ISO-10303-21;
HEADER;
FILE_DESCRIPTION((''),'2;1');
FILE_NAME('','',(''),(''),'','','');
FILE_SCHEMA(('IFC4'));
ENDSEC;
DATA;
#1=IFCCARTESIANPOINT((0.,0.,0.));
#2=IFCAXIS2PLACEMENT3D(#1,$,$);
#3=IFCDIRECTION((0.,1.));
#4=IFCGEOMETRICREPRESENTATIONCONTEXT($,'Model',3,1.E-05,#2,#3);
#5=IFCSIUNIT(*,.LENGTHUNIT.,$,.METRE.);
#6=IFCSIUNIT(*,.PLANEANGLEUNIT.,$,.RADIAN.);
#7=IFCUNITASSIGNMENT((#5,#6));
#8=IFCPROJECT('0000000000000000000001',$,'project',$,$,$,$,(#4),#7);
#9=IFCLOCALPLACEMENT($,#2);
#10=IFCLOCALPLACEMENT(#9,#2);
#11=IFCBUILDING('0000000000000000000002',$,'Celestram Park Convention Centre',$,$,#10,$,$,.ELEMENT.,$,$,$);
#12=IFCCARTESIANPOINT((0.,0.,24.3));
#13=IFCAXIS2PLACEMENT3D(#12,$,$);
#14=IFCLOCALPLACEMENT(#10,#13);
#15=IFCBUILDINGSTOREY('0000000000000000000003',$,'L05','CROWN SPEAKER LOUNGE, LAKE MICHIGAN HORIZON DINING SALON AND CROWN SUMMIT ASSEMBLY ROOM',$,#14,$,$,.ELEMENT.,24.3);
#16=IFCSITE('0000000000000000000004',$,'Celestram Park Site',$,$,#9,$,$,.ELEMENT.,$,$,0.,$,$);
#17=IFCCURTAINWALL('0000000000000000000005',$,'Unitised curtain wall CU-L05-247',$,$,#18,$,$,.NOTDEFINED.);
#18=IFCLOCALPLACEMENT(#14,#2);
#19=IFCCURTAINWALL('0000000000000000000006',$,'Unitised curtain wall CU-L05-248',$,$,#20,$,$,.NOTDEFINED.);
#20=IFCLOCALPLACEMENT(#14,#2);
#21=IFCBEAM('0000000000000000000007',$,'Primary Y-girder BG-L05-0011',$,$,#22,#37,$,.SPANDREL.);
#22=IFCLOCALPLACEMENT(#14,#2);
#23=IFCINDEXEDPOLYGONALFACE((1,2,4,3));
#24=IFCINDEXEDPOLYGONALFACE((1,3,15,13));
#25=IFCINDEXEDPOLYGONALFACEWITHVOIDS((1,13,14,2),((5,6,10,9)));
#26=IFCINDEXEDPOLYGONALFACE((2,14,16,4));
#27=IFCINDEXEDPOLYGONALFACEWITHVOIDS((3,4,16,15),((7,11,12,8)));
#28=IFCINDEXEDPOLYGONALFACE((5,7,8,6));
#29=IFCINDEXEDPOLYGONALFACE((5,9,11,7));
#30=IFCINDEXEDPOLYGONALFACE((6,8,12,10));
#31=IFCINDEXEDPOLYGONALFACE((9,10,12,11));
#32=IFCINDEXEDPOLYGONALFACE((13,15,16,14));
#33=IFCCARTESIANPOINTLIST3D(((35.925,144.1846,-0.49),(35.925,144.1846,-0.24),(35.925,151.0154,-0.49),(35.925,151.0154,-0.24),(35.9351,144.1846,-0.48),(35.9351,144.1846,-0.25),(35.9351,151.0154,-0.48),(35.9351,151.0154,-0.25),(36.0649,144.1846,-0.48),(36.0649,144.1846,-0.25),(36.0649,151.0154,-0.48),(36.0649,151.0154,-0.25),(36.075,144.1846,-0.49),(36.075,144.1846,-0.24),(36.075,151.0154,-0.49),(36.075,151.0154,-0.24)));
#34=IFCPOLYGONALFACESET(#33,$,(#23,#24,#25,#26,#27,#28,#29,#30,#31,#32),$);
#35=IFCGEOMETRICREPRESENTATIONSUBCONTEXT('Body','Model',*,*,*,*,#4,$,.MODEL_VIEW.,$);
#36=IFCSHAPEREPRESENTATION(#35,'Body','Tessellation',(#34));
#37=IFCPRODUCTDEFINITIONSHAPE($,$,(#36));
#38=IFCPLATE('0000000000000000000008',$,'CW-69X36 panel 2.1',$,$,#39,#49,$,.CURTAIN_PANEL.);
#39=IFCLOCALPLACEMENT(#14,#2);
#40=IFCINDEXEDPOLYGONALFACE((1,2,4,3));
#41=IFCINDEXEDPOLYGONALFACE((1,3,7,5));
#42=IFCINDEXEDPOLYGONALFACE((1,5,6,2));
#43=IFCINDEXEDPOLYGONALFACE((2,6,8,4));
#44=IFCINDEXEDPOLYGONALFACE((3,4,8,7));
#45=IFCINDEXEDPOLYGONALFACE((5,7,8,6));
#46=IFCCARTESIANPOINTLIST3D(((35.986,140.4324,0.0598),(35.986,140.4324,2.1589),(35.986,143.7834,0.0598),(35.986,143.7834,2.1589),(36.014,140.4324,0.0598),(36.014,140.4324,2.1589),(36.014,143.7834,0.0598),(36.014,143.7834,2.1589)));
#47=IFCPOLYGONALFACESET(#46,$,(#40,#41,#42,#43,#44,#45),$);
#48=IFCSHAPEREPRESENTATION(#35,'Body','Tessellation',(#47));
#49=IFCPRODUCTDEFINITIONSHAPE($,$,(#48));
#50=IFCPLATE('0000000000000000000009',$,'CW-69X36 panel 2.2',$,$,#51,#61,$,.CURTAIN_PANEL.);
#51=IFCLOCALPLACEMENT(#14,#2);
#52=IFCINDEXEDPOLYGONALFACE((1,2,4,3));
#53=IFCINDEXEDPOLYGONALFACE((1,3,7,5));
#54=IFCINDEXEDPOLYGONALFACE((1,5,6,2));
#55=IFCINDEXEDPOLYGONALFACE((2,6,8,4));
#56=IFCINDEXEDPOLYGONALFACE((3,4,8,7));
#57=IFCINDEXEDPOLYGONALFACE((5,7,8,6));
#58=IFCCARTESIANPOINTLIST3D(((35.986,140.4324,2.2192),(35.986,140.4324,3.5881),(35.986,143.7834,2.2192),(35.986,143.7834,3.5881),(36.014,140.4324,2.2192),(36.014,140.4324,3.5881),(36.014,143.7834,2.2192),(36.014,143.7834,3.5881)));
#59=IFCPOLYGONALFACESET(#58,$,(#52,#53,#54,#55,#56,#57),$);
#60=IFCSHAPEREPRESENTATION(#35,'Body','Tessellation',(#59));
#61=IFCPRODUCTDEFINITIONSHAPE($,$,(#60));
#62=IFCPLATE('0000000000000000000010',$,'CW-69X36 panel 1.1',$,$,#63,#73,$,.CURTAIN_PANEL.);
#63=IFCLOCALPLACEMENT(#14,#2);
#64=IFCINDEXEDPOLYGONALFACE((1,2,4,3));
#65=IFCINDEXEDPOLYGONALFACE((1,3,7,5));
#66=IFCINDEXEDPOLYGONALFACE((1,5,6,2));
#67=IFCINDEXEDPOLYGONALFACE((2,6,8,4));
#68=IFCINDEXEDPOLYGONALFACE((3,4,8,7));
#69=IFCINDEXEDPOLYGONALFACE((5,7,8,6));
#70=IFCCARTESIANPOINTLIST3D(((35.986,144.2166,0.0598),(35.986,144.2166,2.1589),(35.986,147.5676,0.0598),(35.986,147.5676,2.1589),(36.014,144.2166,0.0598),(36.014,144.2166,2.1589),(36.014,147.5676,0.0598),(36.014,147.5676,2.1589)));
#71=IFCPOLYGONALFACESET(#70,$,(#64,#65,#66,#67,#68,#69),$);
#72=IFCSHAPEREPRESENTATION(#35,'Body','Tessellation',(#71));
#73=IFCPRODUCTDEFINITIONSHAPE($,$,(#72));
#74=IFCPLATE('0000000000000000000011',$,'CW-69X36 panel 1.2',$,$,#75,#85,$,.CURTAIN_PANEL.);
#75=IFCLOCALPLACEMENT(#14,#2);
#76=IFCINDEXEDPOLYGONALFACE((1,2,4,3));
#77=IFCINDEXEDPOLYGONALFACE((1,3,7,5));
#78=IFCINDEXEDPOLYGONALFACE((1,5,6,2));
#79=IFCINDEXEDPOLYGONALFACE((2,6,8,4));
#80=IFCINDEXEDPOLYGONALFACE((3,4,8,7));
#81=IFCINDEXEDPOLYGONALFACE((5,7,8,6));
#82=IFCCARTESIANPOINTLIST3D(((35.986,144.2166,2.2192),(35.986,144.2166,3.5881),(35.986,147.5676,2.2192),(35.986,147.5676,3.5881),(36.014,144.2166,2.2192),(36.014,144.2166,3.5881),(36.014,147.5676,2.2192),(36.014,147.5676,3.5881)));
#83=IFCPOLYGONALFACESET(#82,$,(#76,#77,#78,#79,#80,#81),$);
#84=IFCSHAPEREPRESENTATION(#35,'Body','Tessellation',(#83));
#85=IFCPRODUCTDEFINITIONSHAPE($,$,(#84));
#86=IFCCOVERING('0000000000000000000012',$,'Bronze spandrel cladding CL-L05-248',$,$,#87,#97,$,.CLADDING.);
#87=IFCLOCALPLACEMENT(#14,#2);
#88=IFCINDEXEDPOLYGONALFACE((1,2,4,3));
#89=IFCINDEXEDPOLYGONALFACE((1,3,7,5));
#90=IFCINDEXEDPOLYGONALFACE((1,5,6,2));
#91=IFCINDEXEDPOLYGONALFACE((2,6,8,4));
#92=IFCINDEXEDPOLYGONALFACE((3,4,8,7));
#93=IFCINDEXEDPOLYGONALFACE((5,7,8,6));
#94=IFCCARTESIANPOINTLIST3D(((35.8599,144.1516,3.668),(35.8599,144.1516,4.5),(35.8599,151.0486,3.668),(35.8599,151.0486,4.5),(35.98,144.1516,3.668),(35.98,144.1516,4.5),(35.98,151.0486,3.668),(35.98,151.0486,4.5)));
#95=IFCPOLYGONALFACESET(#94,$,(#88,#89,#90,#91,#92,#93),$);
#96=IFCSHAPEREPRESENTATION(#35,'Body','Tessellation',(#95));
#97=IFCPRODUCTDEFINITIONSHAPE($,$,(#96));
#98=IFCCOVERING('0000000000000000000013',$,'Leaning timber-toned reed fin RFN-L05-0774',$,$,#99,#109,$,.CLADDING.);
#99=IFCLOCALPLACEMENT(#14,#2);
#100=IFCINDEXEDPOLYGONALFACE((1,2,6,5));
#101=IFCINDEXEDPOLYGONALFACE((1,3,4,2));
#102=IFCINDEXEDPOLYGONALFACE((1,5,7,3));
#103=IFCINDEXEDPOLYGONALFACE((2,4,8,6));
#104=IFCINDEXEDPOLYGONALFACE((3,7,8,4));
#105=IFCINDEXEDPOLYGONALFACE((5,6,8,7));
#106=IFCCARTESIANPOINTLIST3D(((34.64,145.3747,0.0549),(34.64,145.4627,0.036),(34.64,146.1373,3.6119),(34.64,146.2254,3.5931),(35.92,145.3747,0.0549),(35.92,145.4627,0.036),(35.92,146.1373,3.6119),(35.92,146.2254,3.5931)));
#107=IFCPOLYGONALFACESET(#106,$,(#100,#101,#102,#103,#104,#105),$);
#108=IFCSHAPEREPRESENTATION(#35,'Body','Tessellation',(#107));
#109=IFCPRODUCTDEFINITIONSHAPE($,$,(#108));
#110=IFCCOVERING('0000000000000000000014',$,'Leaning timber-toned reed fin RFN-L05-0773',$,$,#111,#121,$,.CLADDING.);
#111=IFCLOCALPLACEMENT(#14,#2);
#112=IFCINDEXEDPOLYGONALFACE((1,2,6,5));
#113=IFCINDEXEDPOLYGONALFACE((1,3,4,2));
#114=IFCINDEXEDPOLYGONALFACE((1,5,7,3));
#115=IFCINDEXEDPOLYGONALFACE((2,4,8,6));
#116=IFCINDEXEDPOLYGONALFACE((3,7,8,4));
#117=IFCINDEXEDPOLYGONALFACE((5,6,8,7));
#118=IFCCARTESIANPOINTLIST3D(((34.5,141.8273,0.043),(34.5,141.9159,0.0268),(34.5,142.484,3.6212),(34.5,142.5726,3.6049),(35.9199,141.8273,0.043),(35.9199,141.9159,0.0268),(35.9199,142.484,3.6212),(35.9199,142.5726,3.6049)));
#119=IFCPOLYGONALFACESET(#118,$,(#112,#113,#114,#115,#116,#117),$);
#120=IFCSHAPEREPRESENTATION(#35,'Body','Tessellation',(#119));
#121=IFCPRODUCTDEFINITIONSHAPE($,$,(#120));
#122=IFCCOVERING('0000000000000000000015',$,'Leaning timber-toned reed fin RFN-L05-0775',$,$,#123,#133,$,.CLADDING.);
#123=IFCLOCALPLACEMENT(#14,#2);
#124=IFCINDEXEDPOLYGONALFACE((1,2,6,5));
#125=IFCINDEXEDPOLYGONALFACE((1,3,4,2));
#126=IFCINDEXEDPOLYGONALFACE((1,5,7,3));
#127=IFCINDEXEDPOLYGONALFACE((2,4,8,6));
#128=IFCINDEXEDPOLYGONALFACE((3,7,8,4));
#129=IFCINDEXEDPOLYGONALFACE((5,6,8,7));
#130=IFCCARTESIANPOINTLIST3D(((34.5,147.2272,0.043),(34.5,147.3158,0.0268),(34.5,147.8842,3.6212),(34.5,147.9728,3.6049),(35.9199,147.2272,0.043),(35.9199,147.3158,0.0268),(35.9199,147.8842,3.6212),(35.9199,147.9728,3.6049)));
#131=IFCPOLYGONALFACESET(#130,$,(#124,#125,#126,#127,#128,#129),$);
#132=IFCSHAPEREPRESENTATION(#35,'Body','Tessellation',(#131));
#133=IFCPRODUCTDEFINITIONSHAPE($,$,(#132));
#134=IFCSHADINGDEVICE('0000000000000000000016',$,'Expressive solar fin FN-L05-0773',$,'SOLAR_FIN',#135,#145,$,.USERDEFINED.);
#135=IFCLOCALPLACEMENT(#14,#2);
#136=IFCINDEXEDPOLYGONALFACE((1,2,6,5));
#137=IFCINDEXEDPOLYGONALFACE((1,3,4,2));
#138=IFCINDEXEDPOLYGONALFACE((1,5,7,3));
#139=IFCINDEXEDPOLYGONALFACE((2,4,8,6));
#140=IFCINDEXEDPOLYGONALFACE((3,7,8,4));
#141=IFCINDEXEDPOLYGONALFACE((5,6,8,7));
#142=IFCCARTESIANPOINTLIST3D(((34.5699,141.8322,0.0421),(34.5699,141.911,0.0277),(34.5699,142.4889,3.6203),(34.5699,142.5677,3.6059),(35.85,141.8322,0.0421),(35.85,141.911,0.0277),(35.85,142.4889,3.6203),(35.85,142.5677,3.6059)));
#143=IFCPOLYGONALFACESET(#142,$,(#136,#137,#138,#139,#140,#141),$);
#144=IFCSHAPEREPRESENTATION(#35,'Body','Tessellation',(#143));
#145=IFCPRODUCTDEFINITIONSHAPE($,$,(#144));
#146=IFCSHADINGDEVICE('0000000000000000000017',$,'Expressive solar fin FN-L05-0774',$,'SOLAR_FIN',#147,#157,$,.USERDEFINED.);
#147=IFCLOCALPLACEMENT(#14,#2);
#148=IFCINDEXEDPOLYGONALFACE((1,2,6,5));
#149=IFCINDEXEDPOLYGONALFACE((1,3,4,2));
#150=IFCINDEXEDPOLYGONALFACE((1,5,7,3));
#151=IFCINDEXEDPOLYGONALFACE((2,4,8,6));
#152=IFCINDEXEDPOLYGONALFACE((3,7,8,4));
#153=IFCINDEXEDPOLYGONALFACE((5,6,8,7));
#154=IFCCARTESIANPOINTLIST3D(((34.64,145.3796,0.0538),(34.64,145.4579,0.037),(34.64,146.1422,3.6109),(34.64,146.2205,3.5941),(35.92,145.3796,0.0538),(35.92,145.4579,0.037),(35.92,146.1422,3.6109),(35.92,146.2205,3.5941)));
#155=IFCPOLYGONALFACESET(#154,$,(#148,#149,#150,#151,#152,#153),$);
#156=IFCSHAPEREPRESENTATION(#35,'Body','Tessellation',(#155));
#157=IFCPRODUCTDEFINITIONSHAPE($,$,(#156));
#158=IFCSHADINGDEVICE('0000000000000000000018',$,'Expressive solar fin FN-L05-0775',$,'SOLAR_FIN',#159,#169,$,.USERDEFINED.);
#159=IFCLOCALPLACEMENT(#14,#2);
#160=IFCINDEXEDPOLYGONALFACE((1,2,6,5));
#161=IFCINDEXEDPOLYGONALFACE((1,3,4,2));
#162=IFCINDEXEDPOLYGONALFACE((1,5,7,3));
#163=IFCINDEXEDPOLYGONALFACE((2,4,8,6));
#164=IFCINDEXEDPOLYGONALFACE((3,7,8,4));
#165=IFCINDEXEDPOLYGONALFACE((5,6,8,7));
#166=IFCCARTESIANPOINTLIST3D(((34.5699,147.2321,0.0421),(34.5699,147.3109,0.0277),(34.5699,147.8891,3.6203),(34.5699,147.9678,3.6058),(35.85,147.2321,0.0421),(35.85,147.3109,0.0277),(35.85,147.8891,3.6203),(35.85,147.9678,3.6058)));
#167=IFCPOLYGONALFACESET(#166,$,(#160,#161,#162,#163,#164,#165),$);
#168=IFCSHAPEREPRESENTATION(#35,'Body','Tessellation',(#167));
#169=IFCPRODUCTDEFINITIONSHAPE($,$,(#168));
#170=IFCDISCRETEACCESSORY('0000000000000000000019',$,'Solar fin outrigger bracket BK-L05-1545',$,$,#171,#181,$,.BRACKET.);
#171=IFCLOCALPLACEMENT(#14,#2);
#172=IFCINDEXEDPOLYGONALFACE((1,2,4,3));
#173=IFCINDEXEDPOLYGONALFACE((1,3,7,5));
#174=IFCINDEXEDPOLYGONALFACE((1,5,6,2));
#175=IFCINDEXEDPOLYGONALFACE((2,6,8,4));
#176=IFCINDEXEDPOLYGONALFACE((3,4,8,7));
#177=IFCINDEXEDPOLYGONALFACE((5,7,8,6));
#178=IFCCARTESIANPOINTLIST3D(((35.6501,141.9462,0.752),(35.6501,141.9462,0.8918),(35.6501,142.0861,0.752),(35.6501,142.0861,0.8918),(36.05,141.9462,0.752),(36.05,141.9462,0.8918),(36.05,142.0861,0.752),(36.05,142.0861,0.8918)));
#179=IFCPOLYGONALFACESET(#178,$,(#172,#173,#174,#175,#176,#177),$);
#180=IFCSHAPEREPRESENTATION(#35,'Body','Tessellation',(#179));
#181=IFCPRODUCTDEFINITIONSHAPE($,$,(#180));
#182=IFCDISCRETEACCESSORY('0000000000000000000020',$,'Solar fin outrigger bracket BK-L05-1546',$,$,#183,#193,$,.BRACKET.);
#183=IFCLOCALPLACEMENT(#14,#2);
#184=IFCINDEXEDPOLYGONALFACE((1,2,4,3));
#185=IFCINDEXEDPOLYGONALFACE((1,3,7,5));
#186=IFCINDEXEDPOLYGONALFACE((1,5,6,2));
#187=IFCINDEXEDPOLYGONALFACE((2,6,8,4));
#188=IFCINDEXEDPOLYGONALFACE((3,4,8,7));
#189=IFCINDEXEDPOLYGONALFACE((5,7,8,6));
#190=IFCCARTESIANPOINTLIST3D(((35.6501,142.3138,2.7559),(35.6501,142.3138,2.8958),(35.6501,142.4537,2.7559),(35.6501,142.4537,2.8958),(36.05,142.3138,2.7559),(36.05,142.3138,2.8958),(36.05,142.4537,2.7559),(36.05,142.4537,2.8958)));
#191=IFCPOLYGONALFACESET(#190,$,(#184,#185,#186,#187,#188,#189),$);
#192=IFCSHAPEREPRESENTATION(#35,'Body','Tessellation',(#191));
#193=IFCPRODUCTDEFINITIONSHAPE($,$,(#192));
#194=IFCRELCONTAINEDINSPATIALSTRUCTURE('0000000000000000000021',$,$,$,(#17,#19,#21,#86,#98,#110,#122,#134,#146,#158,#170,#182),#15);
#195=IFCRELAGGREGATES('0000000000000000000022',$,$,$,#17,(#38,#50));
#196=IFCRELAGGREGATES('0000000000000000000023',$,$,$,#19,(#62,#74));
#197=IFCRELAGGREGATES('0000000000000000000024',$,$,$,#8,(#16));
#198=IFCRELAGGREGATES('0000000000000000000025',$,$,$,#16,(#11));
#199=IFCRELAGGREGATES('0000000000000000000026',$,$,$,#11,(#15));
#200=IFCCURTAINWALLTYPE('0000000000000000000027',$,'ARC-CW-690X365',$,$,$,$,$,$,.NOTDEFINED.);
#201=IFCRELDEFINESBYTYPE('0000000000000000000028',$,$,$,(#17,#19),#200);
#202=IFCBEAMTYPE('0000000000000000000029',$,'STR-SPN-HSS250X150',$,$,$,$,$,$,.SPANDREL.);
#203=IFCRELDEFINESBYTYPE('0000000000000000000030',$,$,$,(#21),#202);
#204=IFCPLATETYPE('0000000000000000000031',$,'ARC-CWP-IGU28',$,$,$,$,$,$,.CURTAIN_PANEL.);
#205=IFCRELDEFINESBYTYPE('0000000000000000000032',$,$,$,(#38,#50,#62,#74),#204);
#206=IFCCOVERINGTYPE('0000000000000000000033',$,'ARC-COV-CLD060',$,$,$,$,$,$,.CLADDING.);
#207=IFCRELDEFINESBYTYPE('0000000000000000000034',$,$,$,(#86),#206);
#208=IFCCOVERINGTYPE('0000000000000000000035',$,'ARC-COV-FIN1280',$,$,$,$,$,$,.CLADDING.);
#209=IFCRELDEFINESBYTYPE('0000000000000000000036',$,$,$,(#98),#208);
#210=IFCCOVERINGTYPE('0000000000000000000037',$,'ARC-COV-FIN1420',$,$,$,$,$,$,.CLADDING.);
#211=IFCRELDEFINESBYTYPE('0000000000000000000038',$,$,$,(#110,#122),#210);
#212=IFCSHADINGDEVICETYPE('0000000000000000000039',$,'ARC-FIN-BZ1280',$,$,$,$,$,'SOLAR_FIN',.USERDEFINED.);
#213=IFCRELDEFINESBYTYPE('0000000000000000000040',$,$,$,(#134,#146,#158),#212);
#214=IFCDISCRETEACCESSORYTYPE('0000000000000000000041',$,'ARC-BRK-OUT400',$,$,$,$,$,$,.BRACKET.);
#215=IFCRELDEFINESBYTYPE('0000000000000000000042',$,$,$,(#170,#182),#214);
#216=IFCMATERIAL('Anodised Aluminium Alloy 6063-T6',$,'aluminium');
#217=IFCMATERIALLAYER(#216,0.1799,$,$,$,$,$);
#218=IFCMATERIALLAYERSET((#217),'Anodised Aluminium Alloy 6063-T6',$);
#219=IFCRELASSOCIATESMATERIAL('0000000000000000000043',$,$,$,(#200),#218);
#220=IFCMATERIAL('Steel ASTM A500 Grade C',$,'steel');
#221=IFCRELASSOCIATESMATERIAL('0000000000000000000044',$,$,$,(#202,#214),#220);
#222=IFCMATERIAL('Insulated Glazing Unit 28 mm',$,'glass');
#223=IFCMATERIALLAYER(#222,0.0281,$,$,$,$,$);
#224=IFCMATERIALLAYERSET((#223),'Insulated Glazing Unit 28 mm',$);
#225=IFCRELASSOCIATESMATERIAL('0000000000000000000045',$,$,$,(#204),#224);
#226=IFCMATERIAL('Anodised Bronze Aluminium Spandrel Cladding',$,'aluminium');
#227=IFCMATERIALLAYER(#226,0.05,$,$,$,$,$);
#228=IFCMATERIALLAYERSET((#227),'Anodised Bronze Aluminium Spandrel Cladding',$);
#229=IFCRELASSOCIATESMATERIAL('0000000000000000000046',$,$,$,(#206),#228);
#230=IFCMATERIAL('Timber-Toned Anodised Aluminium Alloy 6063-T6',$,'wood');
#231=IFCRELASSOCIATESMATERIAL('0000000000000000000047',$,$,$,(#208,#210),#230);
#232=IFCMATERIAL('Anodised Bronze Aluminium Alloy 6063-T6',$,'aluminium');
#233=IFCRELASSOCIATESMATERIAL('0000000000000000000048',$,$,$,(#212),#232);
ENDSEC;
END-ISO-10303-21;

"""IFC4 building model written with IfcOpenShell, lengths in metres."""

from ifc_helpers import new_model, si_unit, direction, frame, origin, origin_2d, place, context, subcontext, project, spatial, rectangle, hollow_rectangle, extrude, material, layer, layer_set, material_profile, profile_set, type_object, element, aggregate, save


model = new_model("IFC4")

# Units and contexts
model_context = context("Model", 3, precision=1e-05, world=origin(), true_north=direction((0.0, 1.0)))
body_context = subcontext(model_context, "Body", "Model", "MODEL_VIEW")
ifc_project = project(units=[si_unit("LENGTHUNIT", "METRE"), si_unit("PLANEANGLEUNIT", "RADIAN")], contexts=[model_context])

# Site, building, storey
site_placement = place(None, origin())
site = spatial("IfcSite", under=ifc_project, at=site_placement, Name="Celestram Park Site", CompositionType="ELEMENT", RefElevation=0.0)
building_placement = place(site_placement, origin())
building = spatial("IfcBuilding", under=site, at=building_placement, Name="Celestram Park Convention Centre", CompositionType="ELEMENT")
storey_placement = place(building_placement, frame((0.0, 0.0, 24.3)))
storey = spatial("IfcBuildingStorey", under=building, at=storey_placement, Name="L05", Description="CROWN SPEAKER LOUNGE, LAKE MICHIGAN HORIZON DINING SALON AND CROWN SUMMIT ASSEMBLY ROOM", CompositionType="ELEMENT", Elevation=24.3)

# Curtain wall
ifc_material_1 = material(Name="Anodised Aluminium Alloy 6063-T6", Category="aluminium")
ifc_layer_1 = layer(ifc_material_1, 0.1799)
ifc_layer_set_1 = layer_set([ifc_layer_1], Name="Anodised Aluminium Alloy 6063-T6")
curtain_wall_type = type_object("IfcCurtainWallType", Name="ARC-CW-690X365", PredefinedType="NOTDEFINED", material=ifc_layer_set_1)
curtain_wall_1_placement = place(storey_placement, origin())
curtain_wall_1 = element("IfcCurtainWall", 1, at=curtain_wall_1_placement, inside=storey, type_object=curtain_wall_type, Name="Unitised curtain wall CU-L05-247", PredefinedType="NOTDEFINED")

# Curtain wall
curtain_wall_2_placement = place(storey_placement, origin())
curtain_wall_2 = element("IfcCurtainWall", 2, at=curtain_wall_2_placement, inside=storey, type_object=curtain_wall_type, Name="Unitised curtain wall CU-L05-248", PredefinedType="NOTDEFINED")

# Beam
ifc_material_2 = material(Name="Steel ASTM A500 Grade C", Category="steel")
ifc_material_profile_1 = material_profile(ifc_material_2, hollow_rectangle(XDim=0.1499, YDim=0.25, WallThickness=0.01, at=origin_2d()), Name="HSS250X150X10")
ifc_profile_set_1 = profile_set([ifc_material_profile_1], Name="Steel ASTM A500 Grade C")
beam_type = type_object("IfcBeamType", Name="STR-SPN-HSS250X150", PredefinedType="SPANDREL", material=ifc_profile_set_1)
beam_placement = place(storey_placement, frame((36.0, 144.1846, -0.365), z_axis=(0.0, 1.0, 0.0), x_axis=(-1.0, 0.0, 0.0)))
element("IfcBeam", 3, at=beam_placement, inside=storey, type_object=beam_type, Name="Primary Y-girder BG-L05-0011", PredefinedType="SPANDREL", context=body_context, shape_type="SweptSolid", body=[
    extrude(hollow_rectangle(XDim=0.1499, YDim=0.25, WallThickness=0.01, at=origin_2d()), origin(), (0.0, 0.0, 1.0), 6.8308),
])

# Plates
ifc_material_3 = material(Name="Insulated Glazing Unit 28 mm", Category="glass")
ifc_layer_2 = layer(ifc_material_3, 0.0281)
ifc_layer_set_2 = layer_set([ifc_layer_2], Name="Insulated Glazing Unit 28 mm")
plate_type = type_object("IfcPlateType", Name="ARC-CWP-IGU28", PredefinedType="CURTAIN_PANEL", material=ifc_layer_set_2)
plate_1_placement = place(storey_placement, frame((36.0, 142.1079, 0.0598), z_axis=(0.0, 0.0, 1.0), x_axis=(0.0, 1.0, 0.0)))
plate_1 = element("IfcPlate", 4, at=plate_1_placement, type_object=plate_type, Name="CW-69X36 panel 2.1", PredefinedType="CURTAIN_PANEL", context=body_context, shape_type="SweptSolid", body=[
    extrude(rectangle(XDim=3.3511, YDim=0.0281, at=origin_2d()), origin(), (0.0, 0.0, 1.0), 2.0991),
])
plate_2_placement = place(storey_placement, frame((36.0, 142.1079, 2.2192), z_axis=(0.0, 0.0, 1.0), x_axis=(0.0, 1.0, 0.0)))
plate_2 = element("IfcPlate", 5, at=plate_2_placement, type_object=plate_type, Name="CW-69X36 panel 2.2", PredefinedType="CURTAIN_PANEL", context=body_context, shape_type="SweptSolid", body=[
    extrude(rectangle(XDim=3.3511, YDim=0.0281, at=origin_2d()), origin(), (0.0, 0.0, 1.0), 1.3689),
])
aggregate(curtain_wall_1, [plate_1, plate_2])
plate_3_placement = place(storey_placement, frame((36.0, 145.8921, 0.0598), z_axis=(0.0, 0.0, 1.0), x_axis=(0.0, 1.0, 0.0)))
plate_3 = element("IfcPlate", 6, at=plate_3_placement, type_object=plate_type, Name="CW-69X36 panel 1.1", PredefinedType="CURTAIN_PANEL", context=body_context, shape_type="SweptSolid", body=[
    extrude(rectangle(XDim=3.3511, YDim=0.0281, at=origin_2d()), origin(), (0.0, 0.0, 1.0), 2.0991),
])
plate_4_placement = place(storey_placement, frame((36.0, 145.8921, 2.2192), z_axis=(0.0, 0.0, 1.0), x_axis=(0.0, 1.0, 0.0)))
plate_4 = element("IfcPlate", 7, at=plate_4_placement, type_object=plate_type, Name="CW-69X36 panel 1.2", PredefinedType="CURTAIN_PANEL", context=body_context, shape_type="SweptSolid", body=[
    extrude(rectangle(XDim=3.3511, YDim=0.0281, at=origin_2d()), origin(), (0.0, 0.0, 1.0), 1.3689),
])
aggregate(curtain_wall_2, [plate_3, plate_4])

# Coverings
ifc_material_4 = material(Name="Anodised Bronze Aluminium Spandrel Cladding", Category="aluminium")
ifc_layer_3 = layer(ifc_material_4, 0.05)
ifc_layer_set_3 = layer_set([ifc_layer_3], Name="Anodised Bronze Aluminium Spandrel Cladding")
covering_type_1 = type_object("IfcCoveringType", Name="ARC-COV-CLD060", PredefinedType="CLADDING", material=ifc_layer_set_3)
covering_1_placement = place(storey_placement, frame((35.9199, 147.6001, 3.668), z_axis=(0.0, 0.0, 1.0), x_axis=(0.0, 1.0, 0.0)))
element("IfcCovering", 8, at=covering_1_placement, inside=storey, type_object=covering_type_1, Name="Bronze spandrel cladding CL-L05-248", PredefinedType="CLADDING", context=body_context, shape_type="SweptSolid", body=[
    extrude(rectangle(XDim=6.897, YDim=0.1201, at=origin_2d()), origin(), (0.0, 0.0, 1.0), 0.832),
])
ifc_material_5 = material(Name="Timber-Toned Anodised Aluminium Alloy 6063-T6", Category="wood")
ifc_material_profile_2 = material_profile(ifc_material_5, rectangle(XDim=1.28, YDim=0.0901, at=origin_2d()), Name="REED1280X90")
ifc_profile_set_2 = profile_set([ifc_material_profile_2], Name="Timber-Toned Anodised Aluminium Alloy 6063-T6")
covering_type_2 = type_object("IfcCoveringType", Name="ARC-COV-FIN1280", PredefinedType="CLADDING", material=ifc_profile_set_2)
covering_2_placement = place(storey_placement, frame((35.28, 145.4187, 0.0454), z_axis=(0.0, 0.209648, 0.977777), x_axis=(-1.0, 0.0, 0.0)))
element("IfcCovering", 9, at=covering_2_placement, inside=storey, type_object=covering_type_2, Name="Leaning timber-toned reed fin RFN-L05-0774", PredefinedType="CLADDING", context=body_context, shape_type="SweptSolid", body=[
    extrude(rectangle(XDim=1.28, YDim=0.0901, at=origin_2d()), origin(), (0.0, 0.0, 1.0), 3.6379),
])
ifc_material_profile_3 = material_profile(ifc_material_5, rectangle(XDim=1.4199, YDim=0.0901, at=origin_2d()), Name="REED1420X90")
ifc_profile_set_3 = profile_set([ifc_material_profile_3], Name="Timber-Toned Anodised Aluminium Alloy 6063-T6")
covering_type_3 = type_object("IfcCoveringType", Name="ARC-COV-FIN1420", PredefinedType="CLADDING", material=ifc_profile_set_3)
for number, where, z_axis, x_axis, name in (
    (10, (35.21, 141.8716, 0.0349), (0.0, 0.180527, 0.98357), (-1.0, 0.0, 0.0), "Leaning timber-toned reed fin RFN-L05-0773"),
    (11, (35.21, 147.2715, 0.0349), (0.0, 0.180592, 0.983558), (-1.0, 0.0, 0.0), "Leaning timber-toned reed fin RFN-L05-0775"),
):
    element("IfcCovering", number, at=place(storey_placement, frame(where, z_axis=z_axis, x_axis=x_axis)), inside=storey, type_object=covering_type_3, Name=name, PredefinedType="CLADDING", context=body_context, shape_type="SweptSolid", body=[
        extrude(rectangle(XDim=1.4199, YDim=0.0901, at=origin_2d()), origin(), (0.0, 0.0, 1.0), 3.6379),
    ])

# Shading devices
ifc_material_6 = material(Name="Anodised Bronze Aluminium Alloy 6063-T6", Category="aluminium")
ifc_material_profile_4 = material_profile(ifc_material_6, rectangle(XDim=1.28, YDim=0.0801, at=origin_2d()), Name="FIN1280X80")
ifc_profile_set_4 = profile_set([ifc_material_profile_4], Name="Anodised Bronze Aluminium Alloy 6063-T6")
shading_device_type = type_object("IfcShadingDeviceType", Name="ARC-FIN-BZ1280", ElementType="SOLAR_FIN", PredefinedType="USERDEFINED", material=ifc_profile_set_4)
for number, where, z_axis, x_axis, name in (
    (12, (35.21, 141.8716, 0.0349), (0.0, 0.180527, 0.98357), (-1.0, 0.0, 0.0), "Expressive solar fin FN-L05-0773"),
    (13, (35.28, 145.4187, 0.0454), (0.0, 0.209648, 0.977777), (-1.0, 0.0, 0.0), "Expressive solar fin FN-L05-0774"),
    (14, (35.21, 147.2715, 0.0349), (0.0, 0.180592, 0.983558), (-1.0, 0.0, 0.0), "Expressive solar fin FN-L05-0775"),
):
    element("IfcShadingDevice", number, at=place(storey_placement, frame(where, z_axis=z_axis, x_axis=x_axis)), inside=storey, type_object=shading_device_type, Name=name, ObjectType="SOLAR_FIN", PredefinedType="USERDEFINED", context=body_context, shape_type="SweptSolid", body=[
        extrude(rectangle(XDim=1.28, YDim=0.0801, at=origin_2d()), origin(), (0.0, 0.0, 1.0), 3.6379),
    ])

# Discrete accessories
discrete_accessory_type = type_object("IfcDiscreteAccessoryType", Name="ARC-BRK-OUT400", PredefinedType="BRACKET", material=ifc_material_2)
for number, where, z_axis, x_axis, name in (
    (15, (35.8501, 142.0161, 0.752), (0.0, 0.0, 1.0), (-1.0, 0.0, 0.0), "Solar fin outrigger bracket BK-L05-1545"),
    (16, (35.8501, 142.3838, 2.7559), (0.0, 0.0, 1.0), (-1.0, 0.0, 0.0), "Solar fin outrigger bracket BK-L05-1546"),
):
    element("IfcDiscreteAccessory", number, at=place(storey_placement, frame(where, z_axis=z_axis, x_axis=x_axis)), inside=storey, type_object=discrete_accessory_type, Name=name, PredefinedType="BRACKET", context=body_context, shape_type="SweptSolid", body=[
        extrude(rectangle(XDim=0.3999, YDim=0.1399, at=origin_2d()), origin(), (0.0, 0.0, 1.0), 0.1399),
    ])

save(model, "model.ifc")
